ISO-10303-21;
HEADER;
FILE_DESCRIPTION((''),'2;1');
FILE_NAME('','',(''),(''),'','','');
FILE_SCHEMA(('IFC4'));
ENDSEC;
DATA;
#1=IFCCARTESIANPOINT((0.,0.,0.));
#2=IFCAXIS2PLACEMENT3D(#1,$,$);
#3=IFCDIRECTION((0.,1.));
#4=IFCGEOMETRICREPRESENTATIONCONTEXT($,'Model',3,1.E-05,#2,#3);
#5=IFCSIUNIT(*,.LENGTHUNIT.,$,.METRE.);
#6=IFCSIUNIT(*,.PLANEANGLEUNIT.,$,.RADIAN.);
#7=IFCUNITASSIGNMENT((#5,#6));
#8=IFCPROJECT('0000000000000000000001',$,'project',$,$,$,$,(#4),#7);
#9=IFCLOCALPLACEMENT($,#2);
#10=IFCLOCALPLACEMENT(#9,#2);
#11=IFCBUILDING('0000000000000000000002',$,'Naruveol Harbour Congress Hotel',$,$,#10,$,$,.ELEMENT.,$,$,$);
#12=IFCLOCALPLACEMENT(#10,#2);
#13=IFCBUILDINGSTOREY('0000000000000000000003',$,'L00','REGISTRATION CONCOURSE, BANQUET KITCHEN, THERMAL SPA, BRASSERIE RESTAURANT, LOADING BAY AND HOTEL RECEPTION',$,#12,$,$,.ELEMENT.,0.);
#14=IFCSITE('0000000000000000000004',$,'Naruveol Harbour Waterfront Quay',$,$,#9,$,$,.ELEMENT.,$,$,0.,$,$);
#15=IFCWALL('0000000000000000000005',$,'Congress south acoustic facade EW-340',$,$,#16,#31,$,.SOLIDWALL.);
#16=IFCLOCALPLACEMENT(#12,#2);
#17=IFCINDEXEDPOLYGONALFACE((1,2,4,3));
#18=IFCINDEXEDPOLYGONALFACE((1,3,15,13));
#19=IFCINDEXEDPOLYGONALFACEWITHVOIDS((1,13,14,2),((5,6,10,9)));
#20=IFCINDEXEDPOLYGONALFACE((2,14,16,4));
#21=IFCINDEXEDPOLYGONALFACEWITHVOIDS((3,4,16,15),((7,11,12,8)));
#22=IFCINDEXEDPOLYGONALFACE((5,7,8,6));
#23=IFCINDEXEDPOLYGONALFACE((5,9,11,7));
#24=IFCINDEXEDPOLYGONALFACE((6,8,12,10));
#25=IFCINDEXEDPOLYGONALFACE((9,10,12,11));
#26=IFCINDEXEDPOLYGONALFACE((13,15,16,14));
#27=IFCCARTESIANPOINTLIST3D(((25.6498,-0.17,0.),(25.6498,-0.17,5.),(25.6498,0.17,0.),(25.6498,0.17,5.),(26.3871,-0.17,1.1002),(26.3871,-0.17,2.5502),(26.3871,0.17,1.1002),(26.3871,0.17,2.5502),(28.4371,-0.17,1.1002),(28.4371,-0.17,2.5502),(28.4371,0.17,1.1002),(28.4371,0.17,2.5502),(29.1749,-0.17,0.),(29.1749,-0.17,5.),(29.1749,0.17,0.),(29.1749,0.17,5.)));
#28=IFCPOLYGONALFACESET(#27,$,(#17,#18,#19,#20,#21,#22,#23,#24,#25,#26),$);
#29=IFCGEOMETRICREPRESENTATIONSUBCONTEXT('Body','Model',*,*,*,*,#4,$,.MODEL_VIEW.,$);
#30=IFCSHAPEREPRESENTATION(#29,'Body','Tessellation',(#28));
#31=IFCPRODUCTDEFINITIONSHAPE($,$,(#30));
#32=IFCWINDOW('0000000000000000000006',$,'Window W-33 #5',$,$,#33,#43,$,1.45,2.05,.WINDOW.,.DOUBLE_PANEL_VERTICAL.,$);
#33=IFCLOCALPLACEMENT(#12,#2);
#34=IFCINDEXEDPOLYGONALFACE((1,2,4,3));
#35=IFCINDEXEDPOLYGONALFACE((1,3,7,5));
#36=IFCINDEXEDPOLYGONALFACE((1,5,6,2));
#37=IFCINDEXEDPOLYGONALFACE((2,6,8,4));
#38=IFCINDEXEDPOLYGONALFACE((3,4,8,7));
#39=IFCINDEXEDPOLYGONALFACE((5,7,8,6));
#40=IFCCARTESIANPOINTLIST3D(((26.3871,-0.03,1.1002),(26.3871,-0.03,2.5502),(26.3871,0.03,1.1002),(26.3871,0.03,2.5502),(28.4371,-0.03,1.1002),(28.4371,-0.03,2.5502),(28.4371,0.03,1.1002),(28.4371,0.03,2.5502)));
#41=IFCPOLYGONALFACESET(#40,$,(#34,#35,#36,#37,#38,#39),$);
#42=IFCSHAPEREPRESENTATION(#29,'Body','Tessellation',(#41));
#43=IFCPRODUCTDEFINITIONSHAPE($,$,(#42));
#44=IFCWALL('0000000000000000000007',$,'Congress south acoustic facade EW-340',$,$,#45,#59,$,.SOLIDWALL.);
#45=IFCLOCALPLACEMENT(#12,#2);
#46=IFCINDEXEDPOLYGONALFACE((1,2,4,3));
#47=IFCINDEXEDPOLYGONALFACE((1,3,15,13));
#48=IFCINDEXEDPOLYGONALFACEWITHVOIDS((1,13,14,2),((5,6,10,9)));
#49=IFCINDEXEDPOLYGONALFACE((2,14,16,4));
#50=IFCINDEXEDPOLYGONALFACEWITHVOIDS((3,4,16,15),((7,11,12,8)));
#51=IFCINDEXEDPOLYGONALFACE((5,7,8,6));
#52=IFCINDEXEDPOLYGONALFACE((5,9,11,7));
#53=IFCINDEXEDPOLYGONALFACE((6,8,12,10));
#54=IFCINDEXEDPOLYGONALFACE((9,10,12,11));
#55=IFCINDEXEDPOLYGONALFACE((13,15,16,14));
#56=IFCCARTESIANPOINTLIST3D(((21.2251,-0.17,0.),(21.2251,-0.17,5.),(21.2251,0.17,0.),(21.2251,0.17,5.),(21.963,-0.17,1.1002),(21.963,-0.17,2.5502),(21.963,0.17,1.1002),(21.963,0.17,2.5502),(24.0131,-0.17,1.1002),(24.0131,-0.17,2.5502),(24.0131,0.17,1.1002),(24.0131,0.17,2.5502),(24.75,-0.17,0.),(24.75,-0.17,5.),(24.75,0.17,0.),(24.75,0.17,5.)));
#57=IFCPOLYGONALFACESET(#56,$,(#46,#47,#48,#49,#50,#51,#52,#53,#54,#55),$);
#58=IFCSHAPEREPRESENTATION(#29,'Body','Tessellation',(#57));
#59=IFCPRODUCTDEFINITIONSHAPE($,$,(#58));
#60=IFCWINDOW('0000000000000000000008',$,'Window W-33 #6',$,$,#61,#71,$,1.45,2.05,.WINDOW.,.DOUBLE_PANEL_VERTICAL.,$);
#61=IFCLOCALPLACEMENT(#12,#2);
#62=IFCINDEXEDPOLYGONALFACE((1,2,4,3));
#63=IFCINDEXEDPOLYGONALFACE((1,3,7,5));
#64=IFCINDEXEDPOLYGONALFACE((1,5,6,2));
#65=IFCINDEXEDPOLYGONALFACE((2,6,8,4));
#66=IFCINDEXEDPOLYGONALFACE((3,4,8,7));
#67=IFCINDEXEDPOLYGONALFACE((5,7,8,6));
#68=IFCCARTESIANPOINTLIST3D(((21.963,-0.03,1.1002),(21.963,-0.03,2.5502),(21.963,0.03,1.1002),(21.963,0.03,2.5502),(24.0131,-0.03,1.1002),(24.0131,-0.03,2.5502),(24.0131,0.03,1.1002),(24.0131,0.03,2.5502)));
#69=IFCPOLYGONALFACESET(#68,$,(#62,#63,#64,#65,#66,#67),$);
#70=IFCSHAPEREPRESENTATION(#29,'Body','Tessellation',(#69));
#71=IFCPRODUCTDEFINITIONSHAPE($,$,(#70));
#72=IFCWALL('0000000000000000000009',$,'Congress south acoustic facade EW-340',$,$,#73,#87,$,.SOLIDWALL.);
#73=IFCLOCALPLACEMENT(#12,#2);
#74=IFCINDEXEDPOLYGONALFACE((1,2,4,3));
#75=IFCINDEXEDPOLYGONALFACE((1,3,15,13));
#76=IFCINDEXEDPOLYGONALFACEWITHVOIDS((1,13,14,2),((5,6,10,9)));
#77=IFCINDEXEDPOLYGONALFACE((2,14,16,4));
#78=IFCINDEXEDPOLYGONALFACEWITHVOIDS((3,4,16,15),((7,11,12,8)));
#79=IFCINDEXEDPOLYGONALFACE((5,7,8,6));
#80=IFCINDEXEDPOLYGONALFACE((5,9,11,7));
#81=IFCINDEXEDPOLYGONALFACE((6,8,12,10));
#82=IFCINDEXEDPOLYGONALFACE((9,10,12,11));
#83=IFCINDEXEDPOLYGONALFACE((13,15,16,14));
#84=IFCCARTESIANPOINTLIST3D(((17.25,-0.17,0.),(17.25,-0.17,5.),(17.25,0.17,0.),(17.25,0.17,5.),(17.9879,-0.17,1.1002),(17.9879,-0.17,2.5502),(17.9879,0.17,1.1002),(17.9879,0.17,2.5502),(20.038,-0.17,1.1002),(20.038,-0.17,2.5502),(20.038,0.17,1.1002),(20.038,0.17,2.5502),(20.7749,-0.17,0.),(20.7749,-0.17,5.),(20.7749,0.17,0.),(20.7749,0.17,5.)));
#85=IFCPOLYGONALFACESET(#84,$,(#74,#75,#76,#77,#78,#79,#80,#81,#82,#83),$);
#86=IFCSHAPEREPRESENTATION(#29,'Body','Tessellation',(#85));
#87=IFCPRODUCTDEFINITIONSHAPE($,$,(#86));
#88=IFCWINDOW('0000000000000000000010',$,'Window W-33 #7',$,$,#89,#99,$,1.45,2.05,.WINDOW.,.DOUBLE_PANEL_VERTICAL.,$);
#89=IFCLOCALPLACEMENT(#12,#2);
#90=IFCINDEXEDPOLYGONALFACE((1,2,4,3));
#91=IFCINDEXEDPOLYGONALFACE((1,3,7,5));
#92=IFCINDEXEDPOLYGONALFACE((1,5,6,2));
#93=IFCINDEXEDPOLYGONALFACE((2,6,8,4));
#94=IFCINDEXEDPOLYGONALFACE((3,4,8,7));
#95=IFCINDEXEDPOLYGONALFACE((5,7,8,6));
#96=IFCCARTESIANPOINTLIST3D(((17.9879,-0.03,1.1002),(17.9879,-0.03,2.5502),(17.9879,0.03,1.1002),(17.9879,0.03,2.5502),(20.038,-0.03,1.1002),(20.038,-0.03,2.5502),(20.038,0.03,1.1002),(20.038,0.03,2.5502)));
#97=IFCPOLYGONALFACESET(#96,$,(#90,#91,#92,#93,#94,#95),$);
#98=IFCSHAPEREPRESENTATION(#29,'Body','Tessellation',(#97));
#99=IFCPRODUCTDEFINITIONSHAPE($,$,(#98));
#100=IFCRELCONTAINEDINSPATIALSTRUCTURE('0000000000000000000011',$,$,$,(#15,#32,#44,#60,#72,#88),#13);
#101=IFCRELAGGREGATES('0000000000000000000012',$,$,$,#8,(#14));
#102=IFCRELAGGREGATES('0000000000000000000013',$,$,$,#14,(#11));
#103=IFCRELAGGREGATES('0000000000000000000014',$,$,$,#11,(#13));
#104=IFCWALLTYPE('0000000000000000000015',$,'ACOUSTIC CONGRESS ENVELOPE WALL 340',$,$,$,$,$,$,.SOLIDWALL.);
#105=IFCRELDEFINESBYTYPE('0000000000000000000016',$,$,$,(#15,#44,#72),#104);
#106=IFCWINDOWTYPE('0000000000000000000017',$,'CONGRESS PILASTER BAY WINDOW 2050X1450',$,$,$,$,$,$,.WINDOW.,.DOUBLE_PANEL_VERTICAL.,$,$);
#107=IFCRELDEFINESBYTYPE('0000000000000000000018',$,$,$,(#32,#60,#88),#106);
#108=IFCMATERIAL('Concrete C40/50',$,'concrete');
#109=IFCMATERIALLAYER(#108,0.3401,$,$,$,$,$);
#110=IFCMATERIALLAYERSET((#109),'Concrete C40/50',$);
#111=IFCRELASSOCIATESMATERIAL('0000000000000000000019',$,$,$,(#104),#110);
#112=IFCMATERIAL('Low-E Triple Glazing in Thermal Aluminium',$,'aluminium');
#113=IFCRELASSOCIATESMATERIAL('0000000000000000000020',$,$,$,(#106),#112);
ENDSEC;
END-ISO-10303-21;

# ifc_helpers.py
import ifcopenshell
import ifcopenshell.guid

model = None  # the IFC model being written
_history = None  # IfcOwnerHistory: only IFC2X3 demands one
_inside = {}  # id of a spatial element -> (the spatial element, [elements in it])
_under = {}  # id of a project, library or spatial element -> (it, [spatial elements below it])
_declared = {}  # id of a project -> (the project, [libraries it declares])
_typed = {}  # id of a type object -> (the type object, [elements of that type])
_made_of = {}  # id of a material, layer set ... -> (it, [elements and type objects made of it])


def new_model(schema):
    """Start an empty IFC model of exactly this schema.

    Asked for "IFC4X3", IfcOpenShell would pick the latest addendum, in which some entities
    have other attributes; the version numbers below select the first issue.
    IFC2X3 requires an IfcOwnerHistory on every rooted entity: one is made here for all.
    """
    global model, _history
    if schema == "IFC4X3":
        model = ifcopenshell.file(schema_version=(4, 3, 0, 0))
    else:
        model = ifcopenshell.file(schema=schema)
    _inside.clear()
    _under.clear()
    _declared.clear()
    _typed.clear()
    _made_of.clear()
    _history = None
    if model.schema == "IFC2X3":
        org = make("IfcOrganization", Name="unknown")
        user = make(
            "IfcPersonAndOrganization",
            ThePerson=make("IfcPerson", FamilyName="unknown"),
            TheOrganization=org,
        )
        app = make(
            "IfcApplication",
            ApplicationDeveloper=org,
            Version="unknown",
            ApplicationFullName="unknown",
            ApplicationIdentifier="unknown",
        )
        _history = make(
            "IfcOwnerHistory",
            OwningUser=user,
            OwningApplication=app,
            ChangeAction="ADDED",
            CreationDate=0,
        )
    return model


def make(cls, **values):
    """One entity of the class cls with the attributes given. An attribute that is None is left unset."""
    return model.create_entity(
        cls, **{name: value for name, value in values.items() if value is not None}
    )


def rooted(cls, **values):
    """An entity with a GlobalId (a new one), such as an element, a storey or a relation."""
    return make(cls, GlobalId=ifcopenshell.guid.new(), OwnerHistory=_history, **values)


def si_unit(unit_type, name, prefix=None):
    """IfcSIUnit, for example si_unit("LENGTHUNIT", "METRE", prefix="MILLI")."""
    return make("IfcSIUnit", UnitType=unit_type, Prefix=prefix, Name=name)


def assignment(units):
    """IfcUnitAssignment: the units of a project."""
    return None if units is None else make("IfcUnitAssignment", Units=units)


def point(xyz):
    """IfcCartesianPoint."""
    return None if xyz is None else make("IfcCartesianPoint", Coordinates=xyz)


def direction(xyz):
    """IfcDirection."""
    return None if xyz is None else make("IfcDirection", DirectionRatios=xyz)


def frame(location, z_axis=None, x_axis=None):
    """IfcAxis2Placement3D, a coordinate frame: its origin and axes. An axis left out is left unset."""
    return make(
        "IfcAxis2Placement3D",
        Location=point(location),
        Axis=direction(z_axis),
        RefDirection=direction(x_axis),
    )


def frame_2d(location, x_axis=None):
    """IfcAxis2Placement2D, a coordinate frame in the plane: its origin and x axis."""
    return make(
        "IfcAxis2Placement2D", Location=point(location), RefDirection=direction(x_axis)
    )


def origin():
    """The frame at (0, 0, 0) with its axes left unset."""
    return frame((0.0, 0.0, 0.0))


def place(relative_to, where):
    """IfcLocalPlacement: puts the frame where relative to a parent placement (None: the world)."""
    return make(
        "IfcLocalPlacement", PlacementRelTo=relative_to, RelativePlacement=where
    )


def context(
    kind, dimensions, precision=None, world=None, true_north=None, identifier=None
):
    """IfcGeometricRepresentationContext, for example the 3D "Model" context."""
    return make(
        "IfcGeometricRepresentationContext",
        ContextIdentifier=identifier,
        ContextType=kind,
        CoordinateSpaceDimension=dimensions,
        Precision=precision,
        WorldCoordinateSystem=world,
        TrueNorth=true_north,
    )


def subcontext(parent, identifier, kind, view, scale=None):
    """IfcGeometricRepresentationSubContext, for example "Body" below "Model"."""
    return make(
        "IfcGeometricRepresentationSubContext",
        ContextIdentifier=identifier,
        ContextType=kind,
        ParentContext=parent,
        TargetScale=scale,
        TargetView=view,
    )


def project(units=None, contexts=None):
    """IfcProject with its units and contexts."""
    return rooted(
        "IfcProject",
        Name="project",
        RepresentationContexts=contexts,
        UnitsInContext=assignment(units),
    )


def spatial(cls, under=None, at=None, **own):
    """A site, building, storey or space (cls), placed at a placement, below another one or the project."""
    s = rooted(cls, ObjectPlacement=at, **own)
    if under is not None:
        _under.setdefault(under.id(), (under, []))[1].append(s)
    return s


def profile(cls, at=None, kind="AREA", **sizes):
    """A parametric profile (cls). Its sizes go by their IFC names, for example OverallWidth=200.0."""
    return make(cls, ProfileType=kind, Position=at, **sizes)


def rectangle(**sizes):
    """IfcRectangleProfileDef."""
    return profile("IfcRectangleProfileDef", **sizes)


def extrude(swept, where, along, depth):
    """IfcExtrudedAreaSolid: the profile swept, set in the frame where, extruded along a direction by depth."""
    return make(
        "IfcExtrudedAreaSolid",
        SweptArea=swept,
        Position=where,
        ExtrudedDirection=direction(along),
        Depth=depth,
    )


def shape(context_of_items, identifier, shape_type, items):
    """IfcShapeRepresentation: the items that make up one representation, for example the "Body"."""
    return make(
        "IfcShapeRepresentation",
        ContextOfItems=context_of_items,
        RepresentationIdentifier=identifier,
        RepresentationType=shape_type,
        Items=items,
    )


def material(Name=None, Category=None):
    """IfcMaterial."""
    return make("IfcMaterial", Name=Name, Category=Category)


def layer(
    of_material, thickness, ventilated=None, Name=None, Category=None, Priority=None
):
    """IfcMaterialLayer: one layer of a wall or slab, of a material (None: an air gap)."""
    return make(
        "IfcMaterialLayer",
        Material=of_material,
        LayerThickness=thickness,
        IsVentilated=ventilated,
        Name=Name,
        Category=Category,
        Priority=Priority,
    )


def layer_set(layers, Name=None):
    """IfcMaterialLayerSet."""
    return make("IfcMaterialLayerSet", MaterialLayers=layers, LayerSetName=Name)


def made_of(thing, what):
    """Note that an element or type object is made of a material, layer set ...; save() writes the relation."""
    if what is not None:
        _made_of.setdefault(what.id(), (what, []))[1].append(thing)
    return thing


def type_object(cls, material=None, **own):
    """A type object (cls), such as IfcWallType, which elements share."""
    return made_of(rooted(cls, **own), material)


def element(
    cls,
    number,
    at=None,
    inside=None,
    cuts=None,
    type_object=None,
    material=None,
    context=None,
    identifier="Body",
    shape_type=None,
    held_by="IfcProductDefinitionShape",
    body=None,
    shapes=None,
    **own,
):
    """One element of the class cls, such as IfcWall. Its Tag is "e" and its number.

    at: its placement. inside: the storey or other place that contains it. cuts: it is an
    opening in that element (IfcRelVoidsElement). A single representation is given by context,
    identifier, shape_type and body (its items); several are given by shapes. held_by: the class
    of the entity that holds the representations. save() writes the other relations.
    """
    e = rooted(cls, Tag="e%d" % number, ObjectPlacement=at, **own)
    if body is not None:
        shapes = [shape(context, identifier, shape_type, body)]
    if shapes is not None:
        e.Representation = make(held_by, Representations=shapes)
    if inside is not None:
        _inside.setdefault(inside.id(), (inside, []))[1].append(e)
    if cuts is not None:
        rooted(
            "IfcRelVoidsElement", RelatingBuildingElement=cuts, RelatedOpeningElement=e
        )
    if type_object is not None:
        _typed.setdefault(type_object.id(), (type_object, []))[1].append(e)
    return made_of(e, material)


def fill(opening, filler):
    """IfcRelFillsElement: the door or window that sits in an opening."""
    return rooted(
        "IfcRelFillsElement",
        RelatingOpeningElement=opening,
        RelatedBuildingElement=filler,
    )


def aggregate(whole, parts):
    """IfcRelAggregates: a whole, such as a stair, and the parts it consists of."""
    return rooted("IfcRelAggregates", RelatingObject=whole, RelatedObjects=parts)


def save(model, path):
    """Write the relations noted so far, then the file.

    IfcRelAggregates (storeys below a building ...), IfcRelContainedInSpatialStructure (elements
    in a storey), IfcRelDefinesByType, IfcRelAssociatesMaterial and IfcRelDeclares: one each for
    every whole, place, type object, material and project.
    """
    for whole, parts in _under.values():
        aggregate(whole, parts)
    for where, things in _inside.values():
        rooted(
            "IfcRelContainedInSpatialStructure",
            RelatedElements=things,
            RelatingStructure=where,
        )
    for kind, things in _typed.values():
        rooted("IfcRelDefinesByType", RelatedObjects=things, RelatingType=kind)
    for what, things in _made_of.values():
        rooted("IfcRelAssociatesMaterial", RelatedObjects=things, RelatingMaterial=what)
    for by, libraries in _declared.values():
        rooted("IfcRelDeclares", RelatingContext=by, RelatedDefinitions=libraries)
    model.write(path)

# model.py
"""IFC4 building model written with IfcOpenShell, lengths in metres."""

from ifc_helpers import new_model, si_unit, direction, frame, frame_2d, origin, place, context, subcontext, project, spatial, rectangle, extrude, material, layer, layer_set, type_object, element, fill, save


model = new_model("IFC4")

# Units and contexts
model_context = context("Model", 3, precision=1e-05, world=origin(), true_north=direction((0.0, 1.0)))
body_context = subcontext(model_context, "Body", "Model", "MODEL_VIEW")
ifc_project = project(units=[si_unit("LENGTHUNIT", "METRE"), si_unit("PLANEANGLEUNIT", "RADIAN")], contexts=[model_context])

# Site, building, storey
site_placement = place(None, origin())
site = spatial("IfcSite", under=ifc_project, at=site_placement, Name="Naruveol Harbour Waterfront Quay", CompositionType="ELEMENT", RefElevation=0.0)
building_placement = place(site_placement, origin())
building = spatial("IfcBuilding", under=site, at=building_placement, Name="Naruveol Harbour Congress Hotel", CompositionType="ELEMENT")
storey_placement = place(building_placement, origin())
storey = spatial("IfcBuildingStorey", under=building, at=storey_placement, Name="L00", Description="REGISTRATION CONCOURSE, BANQUET KITCHEN, THERMAL SPA, BRASSERIE RESTAURANT, LOADING BAY AND HOTEL RECEPTION", CompositionType="ELEMENT", Elevation=0.0)

# Walls, openings, windows
ifc_material_1 = material(Name="Concrete C40/50", Category="concrete")
ifc_layer = layer(ifc_material_1, 0.3401)
ifc_layer_set = layer_set([ifc_layer], Name="Concrete C40/50")
wall_type = type_object("IfcWallType", Name="ACOUSTIC CONGRESS ENVELOPE WALL 340", PredefinedType="SOLIDWALL", material=ifc_layer_set)
wall_1_placement = place(storey_placement, frame((29.175, 0.0, 0.0), z_axis=(0.0, 0.0, 1.0), x_axis=(-1.0, 0.0, 0.0)))
wall_1 = element("IfcWall", 1, at=wall_1_placement, inside=storey, type_object=wall_type, Name="Congress south acoustic facade EW-340", PredefinedType="SOLIDWALL", context=body_context, shape_type="SweptSolid", body=[
    extrude(rectangle(XDim=3.5251, YDim=0.3401, at=frame_2d((1.7627, 0.0))), origin(), (0.0, 0.0, 1.0), 5.0),
])
opening_1_placement = place(wall_1_placement, frame((0.738, 0.0, 1.1001)))
opening_1 = element("IfcOpeningElement", 2, at=opening_1_placement, cuts=wall_1, PredefinedType="OPENING", context=body_context, shape_type="SweptSolid", body=[
    extrude(rectangle(XDim=2.05, YDim=1.45, at=frame_2d((1.0249, 0.7251))), frame((0.0, 0.1799, 0.0), z_axis=(0.0, -1.0, 0.0), x_axis=(1.0, 0.0, 0.0)), (0.0, 0.0, 1.0), 0.3601),
])
ifc_material_2 = material(Name="Low-E Triple Glazing in Thermal Aluminium", Category="aluminium")
window_type = type_object("IfcWindowType", Name="CONGRESS PILASTER BAY WINDOW 2050X1450", PartitioningType="DOUBLE_PANEL_VERTICAL", PredefinedType="WINDOW", material=ifc_material_2)
window_1_placement = place(opening_1_placement, origin())
window_1 = element("IfcWindow", 3, at=window_1_placement, inside=storey, type_object=window_type, Name="Window W-33 #5", OverallHeight=1.45, OverallWidth=2.05, PartitioningType="DOUBLE_PANEL_VERTICAL", PredefinedType="WINDOW", context=body_context, shape_type="SweptSolid", body=[
    extrude(rectangle(XDim=2.05, YDim=1.45, at=frame_2d((1.0249, 0.7251))), frame((0.0, 0.03, 0.0), z_axis=(0.0, -1.0, 0.0), x_axis=(1.0, 0.0, 0.0)), (0.0, 0.0, 1.0), 0.0601),
])
fill(opening_1, window_1)
wall_2_placement = place(storey_placement, frame((24.75, 0.0, 0.0), z_axis=(0.0, 0.0, 1.0), x_axis=(-1.0, 0.0, 0.0)))
wall_2 = element("IfcWall", 4, at=wall_2_placement, inside=storey, type_object=wall_type, Name="Congress south acoustic facade EW-340", PredefinedType="SOLIDWALL", context=body_context, shape_type="SweptSolid", body=[
    extrude(rectangle(XDim=3.5249, YDim=0.3401, at=frame_2d((1.7625, 0.0))), origin(), (0.0, 0.0, 1.0), 5.0),
])
opening_2_placement = place(wall_2_placement, frame((0.7371, 0.0, 1.1001)))
opening_2 = element("IfcOpeningElement", 5, at=opening_2_placement, cuts=wall_2, PredefinedType="OPENING", context=body_context, shape_type="SweptSolid", body=[
    extrude(rectangle(XDim=2.05, YDim=1.45, at=frame_2d((1.0249, 0.7251))), frame((0.0, 0.1799, 0.0), z_axis=(0.0, -1.0, 0.0), x_axis=(1.0, 0.0, 0.0)), (0.0, 0.0, 1.0), 0.3601),
])
window_2_placement = place(opening_2_placement, origin())
window_2 = element("IfcWindow", 6, at=window_2_placement, inside=storey, type_object=window_type, Name="Window W-33 #6", OverallHeight=1.45, OverallWidth=2.05, PartitioningType="DOUBLE_PANEL_VERTICAL", PredefinedType="WINDOW", context=body_context, shape_type="SweptSolid", body=[
    extrude(rectangle(XDim=2.05, YDim=1.45, at=frame_2d((1.0249, 0.7251))), frame((0.0, 0.03, 0.0), z_axis=(0.0, -1.0, 0.0), x_axis=(1.0, 0.0, 0.0)), (0.0, 0.0, 1.0), 0.0601),
])
fill(opening_2, window_2)
wall_3_placement = place(storey_placement, frame((20.7749, 0.0, 0.0), z_axis=(0.0, 0.0, 1.0), x_axis=(-1.0, 0.0, 0.0)))
wall_3 = element("IfcWall", 7, at=wall_3_placement, inside=storey, type_object=wall_type, Name="Congress south acoustic facade EW-340", PredefinedType="SOLIDWALL", context=body_context, shape_type="SweptSolid", body=[
    extrude(rectangle(XDim=3.5249, YDim=0.3401, at=frame_2d((1.7625, 0.0))), origin(), (0.0, 0.0, 1.0), 5.0),
])
opening_3_placement = place(wall_3_placement, frame((0.7371, 0.0, 1.1001)))
opening_3 = element("IfcOpeningElement", 8, at=opening_3_placement, cuts=wall_3, PredefinedType="OPENING", context=body_context, shape_type="SweptSolid", body=[
    extrude(rectangle(XDim=2.05, YDim=1.45, at=frame_2d((1.0249, 0.7251))), frame((0.0, 0.1799, 0.0), z_axis=(0.0, -1.0, 0.0), x_axis=(1.0, 0.0, 0.0)), (0.0, 0.0, 1.0), 0.3601),
])
window_3_placement = place(opening_3_placement, origin())
window_3 = element("IfcWindow", 9, at=window_3_placement, inside=storey, type_object=window_type, Name="Window W-33 #7", OverallHeight=1.45, OverallWidth=2.05, PartitioningType="DOUBLE_PANEL_VERTICAL", PredefinedType="WINDOW", context=body_context, shape_type="SweptSolid", body=[
    extrude(rectangle(XDim=2.05, YDim=1.45, at=frame_2d((1.0249, 0.7251))), frame((0.0, 0.03, 0.0), z_axis=(0.0, -1.0, 0.0), x_axis=(1.0, 0.0, 0.0)), (0.0, 0.0, 1.0), 0.0601),
])
fill(opening_3, window_3)

save(model, "model.ifc")
